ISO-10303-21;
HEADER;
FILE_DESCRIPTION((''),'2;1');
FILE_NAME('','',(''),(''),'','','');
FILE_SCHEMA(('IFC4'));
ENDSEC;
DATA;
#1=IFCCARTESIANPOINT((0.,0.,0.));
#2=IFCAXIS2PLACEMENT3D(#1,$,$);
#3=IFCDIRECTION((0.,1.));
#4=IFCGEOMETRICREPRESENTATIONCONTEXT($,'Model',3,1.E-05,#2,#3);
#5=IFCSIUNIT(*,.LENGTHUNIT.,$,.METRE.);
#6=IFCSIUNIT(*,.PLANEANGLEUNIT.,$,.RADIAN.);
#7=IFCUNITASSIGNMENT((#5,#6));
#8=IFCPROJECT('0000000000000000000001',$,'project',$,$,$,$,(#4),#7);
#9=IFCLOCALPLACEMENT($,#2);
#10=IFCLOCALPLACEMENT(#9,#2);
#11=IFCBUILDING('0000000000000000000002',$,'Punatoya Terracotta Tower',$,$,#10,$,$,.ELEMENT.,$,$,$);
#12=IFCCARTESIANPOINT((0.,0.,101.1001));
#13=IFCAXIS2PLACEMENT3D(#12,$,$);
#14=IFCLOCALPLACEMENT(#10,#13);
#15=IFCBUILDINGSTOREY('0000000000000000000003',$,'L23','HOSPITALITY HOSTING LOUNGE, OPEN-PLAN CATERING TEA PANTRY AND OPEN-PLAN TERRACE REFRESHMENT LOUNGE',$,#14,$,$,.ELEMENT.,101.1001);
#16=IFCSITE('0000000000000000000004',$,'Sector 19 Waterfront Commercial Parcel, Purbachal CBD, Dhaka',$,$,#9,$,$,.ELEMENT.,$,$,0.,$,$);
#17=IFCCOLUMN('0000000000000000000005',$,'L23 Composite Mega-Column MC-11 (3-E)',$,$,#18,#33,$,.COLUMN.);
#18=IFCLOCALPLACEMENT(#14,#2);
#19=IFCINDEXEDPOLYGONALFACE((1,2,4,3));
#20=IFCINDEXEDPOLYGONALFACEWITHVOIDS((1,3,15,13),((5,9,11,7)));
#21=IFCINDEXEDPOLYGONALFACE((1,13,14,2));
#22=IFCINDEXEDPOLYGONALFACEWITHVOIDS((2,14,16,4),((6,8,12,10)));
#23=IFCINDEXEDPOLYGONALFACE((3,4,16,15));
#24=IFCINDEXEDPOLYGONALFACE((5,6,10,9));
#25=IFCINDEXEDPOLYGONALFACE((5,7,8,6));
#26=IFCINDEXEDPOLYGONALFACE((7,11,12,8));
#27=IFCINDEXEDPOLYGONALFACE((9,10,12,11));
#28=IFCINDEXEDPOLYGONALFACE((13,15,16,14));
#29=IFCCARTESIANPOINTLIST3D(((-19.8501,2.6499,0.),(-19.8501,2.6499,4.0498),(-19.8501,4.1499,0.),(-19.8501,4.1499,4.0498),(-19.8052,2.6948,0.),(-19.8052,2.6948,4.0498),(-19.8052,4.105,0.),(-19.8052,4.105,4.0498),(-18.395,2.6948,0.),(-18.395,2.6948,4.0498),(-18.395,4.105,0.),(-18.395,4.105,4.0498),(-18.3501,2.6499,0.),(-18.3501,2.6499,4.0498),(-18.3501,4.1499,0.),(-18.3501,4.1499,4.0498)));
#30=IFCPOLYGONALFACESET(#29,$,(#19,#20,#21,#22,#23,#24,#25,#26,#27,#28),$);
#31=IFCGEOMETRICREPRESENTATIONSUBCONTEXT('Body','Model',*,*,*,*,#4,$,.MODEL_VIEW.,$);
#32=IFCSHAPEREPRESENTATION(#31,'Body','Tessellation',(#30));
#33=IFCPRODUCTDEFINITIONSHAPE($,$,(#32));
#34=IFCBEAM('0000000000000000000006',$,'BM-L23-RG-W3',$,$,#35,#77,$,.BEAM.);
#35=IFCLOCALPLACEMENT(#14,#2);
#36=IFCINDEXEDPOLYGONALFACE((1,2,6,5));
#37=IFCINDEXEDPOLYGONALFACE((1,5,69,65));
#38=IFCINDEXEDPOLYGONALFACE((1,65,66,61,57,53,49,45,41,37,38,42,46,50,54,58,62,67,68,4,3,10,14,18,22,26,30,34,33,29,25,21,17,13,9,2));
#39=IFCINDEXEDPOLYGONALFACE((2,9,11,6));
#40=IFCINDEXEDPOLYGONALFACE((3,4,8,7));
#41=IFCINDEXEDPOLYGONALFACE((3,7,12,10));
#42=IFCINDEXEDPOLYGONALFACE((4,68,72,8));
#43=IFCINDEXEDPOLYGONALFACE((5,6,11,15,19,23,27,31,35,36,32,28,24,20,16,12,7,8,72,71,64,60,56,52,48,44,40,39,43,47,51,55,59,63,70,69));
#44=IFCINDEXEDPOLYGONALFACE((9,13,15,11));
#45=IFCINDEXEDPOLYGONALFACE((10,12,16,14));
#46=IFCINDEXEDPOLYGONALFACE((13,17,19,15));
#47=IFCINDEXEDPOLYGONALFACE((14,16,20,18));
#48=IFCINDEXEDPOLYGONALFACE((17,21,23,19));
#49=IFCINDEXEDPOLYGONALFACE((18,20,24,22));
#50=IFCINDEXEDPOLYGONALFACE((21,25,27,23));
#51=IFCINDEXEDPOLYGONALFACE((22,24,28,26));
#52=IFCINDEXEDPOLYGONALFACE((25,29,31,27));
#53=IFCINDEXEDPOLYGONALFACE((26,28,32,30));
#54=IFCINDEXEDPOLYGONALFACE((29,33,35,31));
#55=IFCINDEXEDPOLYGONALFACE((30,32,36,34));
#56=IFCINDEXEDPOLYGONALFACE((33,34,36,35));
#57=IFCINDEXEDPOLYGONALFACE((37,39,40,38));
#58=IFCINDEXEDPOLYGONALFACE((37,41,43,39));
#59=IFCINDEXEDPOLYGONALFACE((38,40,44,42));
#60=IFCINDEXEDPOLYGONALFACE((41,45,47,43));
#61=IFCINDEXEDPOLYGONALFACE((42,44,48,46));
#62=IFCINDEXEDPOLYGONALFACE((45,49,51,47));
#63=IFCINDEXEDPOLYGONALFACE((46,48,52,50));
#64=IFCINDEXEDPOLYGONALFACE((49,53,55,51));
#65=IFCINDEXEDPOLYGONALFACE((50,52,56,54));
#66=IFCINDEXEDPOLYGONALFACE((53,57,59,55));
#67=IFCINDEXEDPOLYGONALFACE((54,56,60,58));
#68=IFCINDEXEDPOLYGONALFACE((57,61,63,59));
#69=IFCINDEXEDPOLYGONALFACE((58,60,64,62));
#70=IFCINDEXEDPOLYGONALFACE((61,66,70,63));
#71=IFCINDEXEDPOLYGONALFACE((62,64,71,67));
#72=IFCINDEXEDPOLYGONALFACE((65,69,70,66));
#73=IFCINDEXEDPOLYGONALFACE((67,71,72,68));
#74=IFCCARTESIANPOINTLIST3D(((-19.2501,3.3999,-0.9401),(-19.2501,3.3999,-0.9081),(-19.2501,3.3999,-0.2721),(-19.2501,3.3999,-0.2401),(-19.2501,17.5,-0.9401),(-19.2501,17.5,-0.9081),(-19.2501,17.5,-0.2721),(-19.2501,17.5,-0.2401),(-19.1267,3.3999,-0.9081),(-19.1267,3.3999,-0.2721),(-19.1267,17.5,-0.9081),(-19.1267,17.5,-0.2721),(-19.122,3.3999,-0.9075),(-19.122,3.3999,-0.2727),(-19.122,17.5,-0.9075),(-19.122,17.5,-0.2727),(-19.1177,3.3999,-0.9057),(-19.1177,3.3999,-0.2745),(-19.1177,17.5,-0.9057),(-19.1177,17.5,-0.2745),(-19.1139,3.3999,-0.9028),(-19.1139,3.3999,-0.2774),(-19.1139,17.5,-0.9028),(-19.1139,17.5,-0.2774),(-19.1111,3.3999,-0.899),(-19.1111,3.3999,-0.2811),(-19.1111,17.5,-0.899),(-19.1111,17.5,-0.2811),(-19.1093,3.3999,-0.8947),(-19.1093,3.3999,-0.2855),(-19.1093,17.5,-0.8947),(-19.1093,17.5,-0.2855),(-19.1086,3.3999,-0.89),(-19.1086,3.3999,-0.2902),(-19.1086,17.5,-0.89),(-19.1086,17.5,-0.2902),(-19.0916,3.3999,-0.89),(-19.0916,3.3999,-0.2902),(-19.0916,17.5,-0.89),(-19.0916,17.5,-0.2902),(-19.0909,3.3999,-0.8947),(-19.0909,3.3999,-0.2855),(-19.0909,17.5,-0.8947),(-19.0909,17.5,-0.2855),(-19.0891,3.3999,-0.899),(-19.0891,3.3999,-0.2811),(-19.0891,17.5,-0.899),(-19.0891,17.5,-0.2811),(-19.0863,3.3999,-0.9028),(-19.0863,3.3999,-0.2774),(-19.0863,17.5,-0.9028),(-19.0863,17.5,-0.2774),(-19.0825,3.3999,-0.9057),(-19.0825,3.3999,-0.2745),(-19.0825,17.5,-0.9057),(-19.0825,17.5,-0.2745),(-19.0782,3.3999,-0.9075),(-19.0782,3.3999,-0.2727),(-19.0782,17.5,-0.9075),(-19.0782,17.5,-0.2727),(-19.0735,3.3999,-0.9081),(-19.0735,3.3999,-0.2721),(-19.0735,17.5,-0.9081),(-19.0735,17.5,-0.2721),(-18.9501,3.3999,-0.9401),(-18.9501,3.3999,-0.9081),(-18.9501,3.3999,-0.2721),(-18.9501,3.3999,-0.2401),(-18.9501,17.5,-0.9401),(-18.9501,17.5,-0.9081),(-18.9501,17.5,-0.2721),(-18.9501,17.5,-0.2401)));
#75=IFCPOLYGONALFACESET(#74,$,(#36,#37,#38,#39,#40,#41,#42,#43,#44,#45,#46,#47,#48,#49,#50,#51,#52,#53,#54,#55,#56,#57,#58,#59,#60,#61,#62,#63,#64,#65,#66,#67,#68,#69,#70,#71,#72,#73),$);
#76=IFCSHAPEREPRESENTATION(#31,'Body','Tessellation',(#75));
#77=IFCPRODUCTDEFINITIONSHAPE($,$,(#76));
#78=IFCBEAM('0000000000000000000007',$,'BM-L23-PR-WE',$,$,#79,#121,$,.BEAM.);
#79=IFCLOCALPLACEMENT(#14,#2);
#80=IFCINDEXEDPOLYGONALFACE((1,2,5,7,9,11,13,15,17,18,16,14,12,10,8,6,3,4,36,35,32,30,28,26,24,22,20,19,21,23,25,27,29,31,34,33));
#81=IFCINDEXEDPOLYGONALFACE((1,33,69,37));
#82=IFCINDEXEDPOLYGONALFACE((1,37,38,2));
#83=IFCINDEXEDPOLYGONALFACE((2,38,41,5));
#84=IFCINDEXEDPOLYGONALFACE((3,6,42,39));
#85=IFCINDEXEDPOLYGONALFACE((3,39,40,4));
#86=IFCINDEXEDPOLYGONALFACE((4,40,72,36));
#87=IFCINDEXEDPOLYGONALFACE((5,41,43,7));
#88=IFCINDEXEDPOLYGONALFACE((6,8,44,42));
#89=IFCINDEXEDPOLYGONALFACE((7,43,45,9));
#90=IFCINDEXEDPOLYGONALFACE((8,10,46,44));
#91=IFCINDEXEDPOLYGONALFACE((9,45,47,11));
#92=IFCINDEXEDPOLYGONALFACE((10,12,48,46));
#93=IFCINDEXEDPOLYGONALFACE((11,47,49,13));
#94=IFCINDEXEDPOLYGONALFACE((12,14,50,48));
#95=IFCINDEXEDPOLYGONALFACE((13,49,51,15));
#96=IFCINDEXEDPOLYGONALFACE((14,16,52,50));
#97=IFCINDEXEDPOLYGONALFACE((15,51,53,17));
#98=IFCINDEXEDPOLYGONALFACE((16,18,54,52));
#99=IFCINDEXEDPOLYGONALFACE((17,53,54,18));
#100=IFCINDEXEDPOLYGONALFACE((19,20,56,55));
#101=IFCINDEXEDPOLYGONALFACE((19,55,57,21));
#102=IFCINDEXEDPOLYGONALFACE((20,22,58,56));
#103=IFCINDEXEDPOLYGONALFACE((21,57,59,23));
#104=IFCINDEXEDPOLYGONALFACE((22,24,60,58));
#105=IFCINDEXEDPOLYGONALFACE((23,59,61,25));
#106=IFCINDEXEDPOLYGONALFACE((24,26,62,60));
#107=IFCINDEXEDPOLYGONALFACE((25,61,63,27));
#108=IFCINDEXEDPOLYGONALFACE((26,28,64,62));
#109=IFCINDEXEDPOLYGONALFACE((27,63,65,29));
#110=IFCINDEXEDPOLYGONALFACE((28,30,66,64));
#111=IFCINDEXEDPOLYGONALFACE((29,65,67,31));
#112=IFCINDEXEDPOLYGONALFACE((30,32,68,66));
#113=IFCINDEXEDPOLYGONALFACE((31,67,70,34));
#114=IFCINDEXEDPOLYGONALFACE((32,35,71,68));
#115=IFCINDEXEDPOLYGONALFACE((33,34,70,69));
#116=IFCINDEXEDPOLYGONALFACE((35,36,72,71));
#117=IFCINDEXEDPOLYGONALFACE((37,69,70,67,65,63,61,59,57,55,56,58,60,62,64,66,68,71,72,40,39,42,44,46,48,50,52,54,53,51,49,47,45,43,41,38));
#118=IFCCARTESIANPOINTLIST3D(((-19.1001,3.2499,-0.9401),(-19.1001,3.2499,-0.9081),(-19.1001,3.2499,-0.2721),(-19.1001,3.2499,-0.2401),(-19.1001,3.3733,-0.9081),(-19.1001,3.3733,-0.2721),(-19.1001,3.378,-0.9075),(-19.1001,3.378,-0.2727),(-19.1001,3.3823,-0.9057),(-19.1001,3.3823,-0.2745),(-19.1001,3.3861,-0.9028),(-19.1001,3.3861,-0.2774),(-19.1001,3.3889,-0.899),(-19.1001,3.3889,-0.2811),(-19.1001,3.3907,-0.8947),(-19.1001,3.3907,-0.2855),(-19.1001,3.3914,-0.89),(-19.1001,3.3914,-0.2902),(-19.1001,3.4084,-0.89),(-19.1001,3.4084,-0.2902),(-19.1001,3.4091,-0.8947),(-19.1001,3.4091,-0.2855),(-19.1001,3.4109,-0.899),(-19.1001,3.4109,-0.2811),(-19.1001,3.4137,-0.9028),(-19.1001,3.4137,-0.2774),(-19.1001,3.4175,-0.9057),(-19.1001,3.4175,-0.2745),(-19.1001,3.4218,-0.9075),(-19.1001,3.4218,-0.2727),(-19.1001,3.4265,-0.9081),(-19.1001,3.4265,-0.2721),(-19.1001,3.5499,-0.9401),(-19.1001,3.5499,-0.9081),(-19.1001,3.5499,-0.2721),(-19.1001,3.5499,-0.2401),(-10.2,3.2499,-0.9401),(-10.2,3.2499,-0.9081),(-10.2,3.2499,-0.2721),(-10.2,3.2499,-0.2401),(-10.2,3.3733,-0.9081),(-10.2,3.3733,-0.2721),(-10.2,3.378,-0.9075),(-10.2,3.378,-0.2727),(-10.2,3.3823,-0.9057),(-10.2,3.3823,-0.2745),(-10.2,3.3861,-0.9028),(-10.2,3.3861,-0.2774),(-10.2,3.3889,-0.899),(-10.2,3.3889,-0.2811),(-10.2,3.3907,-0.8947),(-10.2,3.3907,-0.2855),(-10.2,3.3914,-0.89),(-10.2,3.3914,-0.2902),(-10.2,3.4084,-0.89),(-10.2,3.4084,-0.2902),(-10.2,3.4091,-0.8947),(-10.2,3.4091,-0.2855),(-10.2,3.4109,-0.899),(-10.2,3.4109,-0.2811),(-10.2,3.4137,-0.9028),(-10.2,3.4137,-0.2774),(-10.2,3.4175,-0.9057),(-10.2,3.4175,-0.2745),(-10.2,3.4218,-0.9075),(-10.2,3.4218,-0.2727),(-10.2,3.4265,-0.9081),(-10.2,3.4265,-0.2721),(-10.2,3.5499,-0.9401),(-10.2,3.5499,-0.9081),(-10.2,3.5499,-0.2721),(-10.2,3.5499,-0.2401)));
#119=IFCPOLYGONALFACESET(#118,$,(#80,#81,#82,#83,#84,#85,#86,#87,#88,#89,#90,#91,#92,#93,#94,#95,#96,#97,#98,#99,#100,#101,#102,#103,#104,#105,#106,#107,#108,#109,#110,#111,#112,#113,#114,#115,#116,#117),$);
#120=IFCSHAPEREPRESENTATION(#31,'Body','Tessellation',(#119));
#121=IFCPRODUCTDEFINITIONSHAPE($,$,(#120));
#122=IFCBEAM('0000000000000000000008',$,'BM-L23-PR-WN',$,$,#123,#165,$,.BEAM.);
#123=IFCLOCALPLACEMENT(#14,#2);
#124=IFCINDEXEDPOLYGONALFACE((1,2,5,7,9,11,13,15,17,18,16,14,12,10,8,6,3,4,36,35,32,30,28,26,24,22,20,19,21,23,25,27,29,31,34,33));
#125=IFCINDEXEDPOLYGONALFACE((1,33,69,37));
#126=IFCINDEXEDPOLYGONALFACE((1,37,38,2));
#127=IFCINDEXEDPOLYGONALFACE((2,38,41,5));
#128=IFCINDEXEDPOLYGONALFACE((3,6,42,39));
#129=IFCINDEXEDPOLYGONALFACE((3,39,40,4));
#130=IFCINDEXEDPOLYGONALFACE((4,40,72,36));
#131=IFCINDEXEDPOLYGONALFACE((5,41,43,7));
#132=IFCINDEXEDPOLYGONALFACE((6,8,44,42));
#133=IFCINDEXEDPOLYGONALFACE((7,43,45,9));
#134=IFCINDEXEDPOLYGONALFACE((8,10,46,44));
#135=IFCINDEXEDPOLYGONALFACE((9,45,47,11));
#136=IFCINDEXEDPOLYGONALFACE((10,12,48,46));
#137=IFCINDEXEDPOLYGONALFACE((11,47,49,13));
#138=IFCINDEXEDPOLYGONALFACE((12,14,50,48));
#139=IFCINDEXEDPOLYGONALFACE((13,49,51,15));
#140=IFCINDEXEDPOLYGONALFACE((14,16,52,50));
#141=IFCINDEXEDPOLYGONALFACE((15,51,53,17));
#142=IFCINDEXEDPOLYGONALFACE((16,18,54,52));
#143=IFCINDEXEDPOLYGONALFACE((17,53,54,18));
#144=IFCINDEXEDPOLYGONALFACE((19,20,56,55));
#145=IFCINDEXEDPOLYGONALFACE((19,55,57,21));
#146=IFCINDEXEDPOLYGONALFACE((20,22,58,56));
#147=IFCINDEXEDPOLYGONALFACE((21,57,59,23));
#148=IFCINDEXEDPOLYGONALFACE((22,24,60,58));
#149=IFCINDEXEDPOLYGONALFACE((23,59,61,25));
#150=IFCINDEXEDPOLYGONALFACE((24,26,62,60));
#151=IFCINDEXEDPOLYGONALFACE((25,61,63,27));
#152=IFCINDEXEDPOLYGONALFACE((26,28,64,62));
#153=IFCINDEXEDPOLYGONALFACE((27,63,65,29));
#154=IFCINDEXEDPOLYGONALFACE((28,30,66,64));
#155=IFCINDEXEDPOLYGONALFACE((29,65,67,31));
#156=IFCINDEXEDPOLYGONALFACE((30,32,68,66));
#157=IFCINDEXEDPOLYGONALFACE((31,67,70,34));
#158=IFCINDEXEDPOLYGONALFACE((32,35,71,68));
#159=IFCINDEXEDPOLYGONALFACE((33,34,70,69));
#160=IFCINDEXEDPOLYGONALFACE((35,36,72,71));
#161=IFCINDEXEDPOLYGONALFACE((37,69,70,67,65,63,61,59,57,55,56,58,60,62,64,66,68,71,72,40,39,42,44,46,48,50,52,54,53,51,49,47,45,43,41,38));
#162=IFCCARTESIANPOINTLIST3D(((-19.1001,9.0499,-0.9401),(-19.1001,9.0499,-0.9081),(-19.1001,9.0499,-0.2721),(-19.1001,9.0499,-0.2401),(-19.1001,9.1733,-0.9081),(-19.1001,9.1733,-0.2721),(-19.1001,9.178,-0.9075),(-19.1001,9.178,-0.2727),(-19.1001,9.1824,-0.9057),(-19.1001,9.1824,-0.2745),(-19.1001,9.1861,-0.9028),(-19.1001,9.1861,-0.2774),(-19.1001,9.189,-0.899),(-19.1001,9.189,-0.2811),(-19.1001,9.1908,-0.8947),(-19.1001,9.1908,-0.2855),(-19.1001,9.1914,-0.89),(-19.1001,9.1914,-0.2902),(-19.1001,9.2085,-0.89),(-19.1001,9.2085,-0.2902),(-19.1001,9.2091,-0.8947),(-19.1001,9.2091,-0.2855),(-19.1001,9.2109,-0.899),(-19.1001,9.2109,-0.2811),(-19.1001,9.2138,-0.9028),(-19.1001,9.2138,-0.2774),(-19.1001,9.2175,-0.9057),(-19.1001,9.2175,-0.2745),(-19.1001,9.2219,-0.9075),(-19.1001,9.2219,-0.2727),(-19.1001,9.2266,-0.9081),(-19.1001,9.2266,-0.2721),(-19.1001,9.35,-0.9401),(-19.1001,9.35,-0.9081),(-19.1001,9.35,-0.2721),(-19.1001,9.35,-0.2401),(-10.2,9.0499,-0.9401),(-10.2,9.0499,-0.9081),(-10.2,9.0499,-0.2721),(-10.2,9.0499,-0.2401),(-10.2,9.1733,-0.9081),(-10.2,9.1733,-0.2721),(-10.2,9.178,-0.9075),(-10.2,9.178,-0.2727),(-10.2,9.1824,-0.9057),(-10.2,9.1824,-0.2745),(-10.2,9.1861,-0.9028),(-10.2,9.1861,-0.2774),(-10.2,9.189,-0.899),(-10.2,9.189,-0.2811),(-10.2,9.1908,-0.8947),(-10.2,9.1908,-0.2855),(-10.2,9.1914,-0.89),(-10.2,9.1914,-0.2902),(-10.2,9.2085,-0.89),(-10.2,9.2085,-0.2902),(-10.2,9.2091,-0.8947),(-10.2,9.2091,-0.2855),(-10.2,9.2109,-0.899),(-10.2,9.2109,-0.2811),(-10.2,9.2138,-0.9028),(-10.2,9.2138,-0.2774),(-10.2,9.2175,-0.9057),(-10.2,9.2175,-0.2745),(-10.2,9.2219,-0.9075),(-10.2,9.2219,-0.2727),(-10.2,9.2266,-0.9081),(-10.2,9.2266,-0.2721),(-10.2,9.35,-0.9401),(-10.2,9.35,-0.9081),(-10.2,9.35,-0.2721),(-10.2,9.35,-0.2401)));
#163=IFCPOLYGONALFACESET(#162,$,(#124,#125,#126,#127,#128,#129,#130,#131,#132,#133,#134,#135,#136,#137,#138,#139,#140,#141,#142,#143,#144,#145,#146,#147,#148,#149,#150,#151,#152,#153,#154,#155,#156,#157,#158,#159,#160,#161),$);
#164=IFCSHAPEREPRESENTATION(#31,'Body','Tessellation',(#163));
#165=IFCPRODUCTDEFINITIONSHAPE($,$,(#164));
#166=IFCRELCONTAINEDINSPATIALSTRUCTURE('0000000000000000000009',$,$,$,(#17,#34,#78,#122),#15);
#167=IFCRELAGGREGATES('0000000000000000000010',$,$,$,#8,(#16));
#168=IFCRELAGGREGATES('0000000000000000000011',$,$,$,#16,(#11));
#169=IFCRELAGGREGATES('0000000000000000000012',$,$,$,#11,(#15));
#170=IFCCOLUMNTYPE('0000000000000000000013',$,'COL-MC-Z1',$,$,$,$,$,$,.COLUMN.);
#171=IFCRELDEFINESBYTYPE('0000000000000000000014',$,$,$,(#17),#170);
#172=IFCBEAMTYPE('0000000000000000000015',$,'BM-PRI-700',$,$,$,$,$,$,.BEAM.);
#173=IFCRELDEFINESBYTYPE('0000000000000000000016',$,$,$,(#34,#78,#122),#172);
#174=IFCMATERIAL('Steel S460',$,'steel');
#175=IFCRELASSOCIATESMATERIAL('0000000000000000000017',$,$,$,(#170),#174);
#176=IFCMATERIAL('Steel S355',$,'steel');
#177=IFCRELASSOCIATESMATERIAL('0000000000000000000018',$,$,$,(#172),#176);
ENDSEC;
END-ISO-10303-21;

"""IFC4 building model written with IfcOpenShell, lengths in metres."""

from ifc_helpers import new_model, si_unit, direction, frame, origin, origin_2d, place, context, subcontext, project, spatial, hollow_rectangle, i_section, extrude, material, material_profile, profile_set, type_object, element, save


model = new_model("IFC4")

# Units and contexts
model_context = context("Model", 3, precision=1e-05, world=origin(), true_north=direction((0.0, 1.0)))
body_context = subcontext(model_context, "Body", "Model", "MODEL_VIEW")
ifc_project = project(units=[si_unit("LENGTHUNIT", "METRE"), si_unit("PLANEANGLEUNIT", "RADIAN")], contexts=[model_context])

# Site, building, storey
site_placement = place(None, origin())
site = spatial("IfcSite", under=ifc_project, at=site_placement, Name="Sector 19 Waterfront Commercial Parcel, Purbachal CBD, Dhaka", CompositionType="ELEMENT", RefElevation=0.0)
building_placement = place(site_placement, origin())
building = spatial("IfcBuilding", under=site, at=building_placement, Name="Punatoya Terracotta Tower", CompositionType="ELEMENT")
storey_placement = place(building_placement, frame((0.0, 0.0, 101.1001)))
storey = spatial("IfcBuildingStorey", under=building, at=storey_placement, Name="L23", Description="HOSPITALITY HOSTING LOUNGE, OPEN-PLAN CATERING TEA PANTRY AND OPEN-PLAN TERRACE REFRESHMENT LOUNGE", CompositionType="ELEMENT", Elevation=101.1001)

# Column
ifc_material_1 = material(Name="Steel S460", Category="steel")
ifc_material_profile_1 = material_profile(ifc_material_1, hollow_rectangle(XDim=1.5, YDim=1.5, WallThickness=0.0449, at=origin_2d()))
ifc_profile_set_1 = profile_set([ifc_material_profile_1], Name="Steel S460")
column_type = type_object("IfcColumnType", Name="COL-MC-Z1", PredefinedType="COLUMN", material=ifc_profile_set_1)
column_placement = place(storey_placement, frame((-19.1001, 3.3999, 0.0), z_axis=(0.0, 0.0, 1.0), x_axis=(1.0, 0.0, 0.0)))
element("IfcColumn", 1, at=column_placement, inside=storey, type_object=column_type, Name="L23 Composite Mega-Column MC-11 (3-E)", PredefinedType="COLUMN", context=body_context, shape_type="SweptSolid", body=[
    extrude(hollow_rectangle(XDim=1.5, YDim=1.5, WallThickness=0.0449, at=origin_2d()), origin(), (0.0, 0.0, 1.0), 4.0498),
])

# Beams
ifc_material_2 = material(Name="Steel S355", Category="steel")
ifc_material_profile_2 = material_profile(ifc_material_2, i_section(OverallWidth=0.3, OverallDepth=0.7, WebThickness=0.0171, FlangeThickness=0.032, FilletRadius=0.0181, at=origin_2d()))
ifc_profile_set_2 = profile_set([ifc_material_profile_2], Name="Steel S355")
beam_type_1 = type_object("IfcBeamType", Name="BM-PRI-700", PredefinedType="BEAM", material=ifc_profile_set_2)
beam_1_placement = place(storey_placement, frame((-19.1001, 3.3999, -0.5901), z_axis=(0.0, 1.0, 0.0), x_axis=(-1.0, 0.0, 0.0)))
element("IfcBeam", 2, at=beam_1_placement, inside=storey, type_object=beam_type_1, Name="BM-L23-RG-W3", PredefinedType="BEAM", context=body_context, shape_type="SweptSolid", body=[
    extrude(i_section(OverallWidth=0.3, OverallDepth=0.7, WebThickness=0.0171, FlangeThickness=0.032, FilletRadius=0.0181, at=origin_2d()), origin(), (0.0, 0.0, 1.0), 14.1001),
])
for number, where, z_axis, x_axis, name in (
    (3, (-19.1001, 3.3999, -0.5901), (1.0, 0.0, 0.0), (0.0, 1.0, 0.0), "BM-L23-PR-WE"),
    (4, (-19.1001, 9.2, -0.5901), (1.0, 0.0, 0.0), (0.0, 1.0, 0.0), "BM-L23-PR-WN"),
):
    element("IfcBeam", number, at=place(storey_placement, frame(where, z_axis=z_axis, x_axis=x_axis)), inside=storey, type_object=beam_type_1, Name=name, PredefinedType="BEAM", context=body_context, shape_type="SweptSolid", body=[
        extrude(i_section(OverallWidth=0.3, OverallDepth=0.7, WebThickness=0.0171, FlangeThickness=0.032, FilletRadius=0.0181, at=origin_2d()), origin(), (0.0, 0.0, 1.0), 8.9001),
    ])

save(model, "model.ifc")
